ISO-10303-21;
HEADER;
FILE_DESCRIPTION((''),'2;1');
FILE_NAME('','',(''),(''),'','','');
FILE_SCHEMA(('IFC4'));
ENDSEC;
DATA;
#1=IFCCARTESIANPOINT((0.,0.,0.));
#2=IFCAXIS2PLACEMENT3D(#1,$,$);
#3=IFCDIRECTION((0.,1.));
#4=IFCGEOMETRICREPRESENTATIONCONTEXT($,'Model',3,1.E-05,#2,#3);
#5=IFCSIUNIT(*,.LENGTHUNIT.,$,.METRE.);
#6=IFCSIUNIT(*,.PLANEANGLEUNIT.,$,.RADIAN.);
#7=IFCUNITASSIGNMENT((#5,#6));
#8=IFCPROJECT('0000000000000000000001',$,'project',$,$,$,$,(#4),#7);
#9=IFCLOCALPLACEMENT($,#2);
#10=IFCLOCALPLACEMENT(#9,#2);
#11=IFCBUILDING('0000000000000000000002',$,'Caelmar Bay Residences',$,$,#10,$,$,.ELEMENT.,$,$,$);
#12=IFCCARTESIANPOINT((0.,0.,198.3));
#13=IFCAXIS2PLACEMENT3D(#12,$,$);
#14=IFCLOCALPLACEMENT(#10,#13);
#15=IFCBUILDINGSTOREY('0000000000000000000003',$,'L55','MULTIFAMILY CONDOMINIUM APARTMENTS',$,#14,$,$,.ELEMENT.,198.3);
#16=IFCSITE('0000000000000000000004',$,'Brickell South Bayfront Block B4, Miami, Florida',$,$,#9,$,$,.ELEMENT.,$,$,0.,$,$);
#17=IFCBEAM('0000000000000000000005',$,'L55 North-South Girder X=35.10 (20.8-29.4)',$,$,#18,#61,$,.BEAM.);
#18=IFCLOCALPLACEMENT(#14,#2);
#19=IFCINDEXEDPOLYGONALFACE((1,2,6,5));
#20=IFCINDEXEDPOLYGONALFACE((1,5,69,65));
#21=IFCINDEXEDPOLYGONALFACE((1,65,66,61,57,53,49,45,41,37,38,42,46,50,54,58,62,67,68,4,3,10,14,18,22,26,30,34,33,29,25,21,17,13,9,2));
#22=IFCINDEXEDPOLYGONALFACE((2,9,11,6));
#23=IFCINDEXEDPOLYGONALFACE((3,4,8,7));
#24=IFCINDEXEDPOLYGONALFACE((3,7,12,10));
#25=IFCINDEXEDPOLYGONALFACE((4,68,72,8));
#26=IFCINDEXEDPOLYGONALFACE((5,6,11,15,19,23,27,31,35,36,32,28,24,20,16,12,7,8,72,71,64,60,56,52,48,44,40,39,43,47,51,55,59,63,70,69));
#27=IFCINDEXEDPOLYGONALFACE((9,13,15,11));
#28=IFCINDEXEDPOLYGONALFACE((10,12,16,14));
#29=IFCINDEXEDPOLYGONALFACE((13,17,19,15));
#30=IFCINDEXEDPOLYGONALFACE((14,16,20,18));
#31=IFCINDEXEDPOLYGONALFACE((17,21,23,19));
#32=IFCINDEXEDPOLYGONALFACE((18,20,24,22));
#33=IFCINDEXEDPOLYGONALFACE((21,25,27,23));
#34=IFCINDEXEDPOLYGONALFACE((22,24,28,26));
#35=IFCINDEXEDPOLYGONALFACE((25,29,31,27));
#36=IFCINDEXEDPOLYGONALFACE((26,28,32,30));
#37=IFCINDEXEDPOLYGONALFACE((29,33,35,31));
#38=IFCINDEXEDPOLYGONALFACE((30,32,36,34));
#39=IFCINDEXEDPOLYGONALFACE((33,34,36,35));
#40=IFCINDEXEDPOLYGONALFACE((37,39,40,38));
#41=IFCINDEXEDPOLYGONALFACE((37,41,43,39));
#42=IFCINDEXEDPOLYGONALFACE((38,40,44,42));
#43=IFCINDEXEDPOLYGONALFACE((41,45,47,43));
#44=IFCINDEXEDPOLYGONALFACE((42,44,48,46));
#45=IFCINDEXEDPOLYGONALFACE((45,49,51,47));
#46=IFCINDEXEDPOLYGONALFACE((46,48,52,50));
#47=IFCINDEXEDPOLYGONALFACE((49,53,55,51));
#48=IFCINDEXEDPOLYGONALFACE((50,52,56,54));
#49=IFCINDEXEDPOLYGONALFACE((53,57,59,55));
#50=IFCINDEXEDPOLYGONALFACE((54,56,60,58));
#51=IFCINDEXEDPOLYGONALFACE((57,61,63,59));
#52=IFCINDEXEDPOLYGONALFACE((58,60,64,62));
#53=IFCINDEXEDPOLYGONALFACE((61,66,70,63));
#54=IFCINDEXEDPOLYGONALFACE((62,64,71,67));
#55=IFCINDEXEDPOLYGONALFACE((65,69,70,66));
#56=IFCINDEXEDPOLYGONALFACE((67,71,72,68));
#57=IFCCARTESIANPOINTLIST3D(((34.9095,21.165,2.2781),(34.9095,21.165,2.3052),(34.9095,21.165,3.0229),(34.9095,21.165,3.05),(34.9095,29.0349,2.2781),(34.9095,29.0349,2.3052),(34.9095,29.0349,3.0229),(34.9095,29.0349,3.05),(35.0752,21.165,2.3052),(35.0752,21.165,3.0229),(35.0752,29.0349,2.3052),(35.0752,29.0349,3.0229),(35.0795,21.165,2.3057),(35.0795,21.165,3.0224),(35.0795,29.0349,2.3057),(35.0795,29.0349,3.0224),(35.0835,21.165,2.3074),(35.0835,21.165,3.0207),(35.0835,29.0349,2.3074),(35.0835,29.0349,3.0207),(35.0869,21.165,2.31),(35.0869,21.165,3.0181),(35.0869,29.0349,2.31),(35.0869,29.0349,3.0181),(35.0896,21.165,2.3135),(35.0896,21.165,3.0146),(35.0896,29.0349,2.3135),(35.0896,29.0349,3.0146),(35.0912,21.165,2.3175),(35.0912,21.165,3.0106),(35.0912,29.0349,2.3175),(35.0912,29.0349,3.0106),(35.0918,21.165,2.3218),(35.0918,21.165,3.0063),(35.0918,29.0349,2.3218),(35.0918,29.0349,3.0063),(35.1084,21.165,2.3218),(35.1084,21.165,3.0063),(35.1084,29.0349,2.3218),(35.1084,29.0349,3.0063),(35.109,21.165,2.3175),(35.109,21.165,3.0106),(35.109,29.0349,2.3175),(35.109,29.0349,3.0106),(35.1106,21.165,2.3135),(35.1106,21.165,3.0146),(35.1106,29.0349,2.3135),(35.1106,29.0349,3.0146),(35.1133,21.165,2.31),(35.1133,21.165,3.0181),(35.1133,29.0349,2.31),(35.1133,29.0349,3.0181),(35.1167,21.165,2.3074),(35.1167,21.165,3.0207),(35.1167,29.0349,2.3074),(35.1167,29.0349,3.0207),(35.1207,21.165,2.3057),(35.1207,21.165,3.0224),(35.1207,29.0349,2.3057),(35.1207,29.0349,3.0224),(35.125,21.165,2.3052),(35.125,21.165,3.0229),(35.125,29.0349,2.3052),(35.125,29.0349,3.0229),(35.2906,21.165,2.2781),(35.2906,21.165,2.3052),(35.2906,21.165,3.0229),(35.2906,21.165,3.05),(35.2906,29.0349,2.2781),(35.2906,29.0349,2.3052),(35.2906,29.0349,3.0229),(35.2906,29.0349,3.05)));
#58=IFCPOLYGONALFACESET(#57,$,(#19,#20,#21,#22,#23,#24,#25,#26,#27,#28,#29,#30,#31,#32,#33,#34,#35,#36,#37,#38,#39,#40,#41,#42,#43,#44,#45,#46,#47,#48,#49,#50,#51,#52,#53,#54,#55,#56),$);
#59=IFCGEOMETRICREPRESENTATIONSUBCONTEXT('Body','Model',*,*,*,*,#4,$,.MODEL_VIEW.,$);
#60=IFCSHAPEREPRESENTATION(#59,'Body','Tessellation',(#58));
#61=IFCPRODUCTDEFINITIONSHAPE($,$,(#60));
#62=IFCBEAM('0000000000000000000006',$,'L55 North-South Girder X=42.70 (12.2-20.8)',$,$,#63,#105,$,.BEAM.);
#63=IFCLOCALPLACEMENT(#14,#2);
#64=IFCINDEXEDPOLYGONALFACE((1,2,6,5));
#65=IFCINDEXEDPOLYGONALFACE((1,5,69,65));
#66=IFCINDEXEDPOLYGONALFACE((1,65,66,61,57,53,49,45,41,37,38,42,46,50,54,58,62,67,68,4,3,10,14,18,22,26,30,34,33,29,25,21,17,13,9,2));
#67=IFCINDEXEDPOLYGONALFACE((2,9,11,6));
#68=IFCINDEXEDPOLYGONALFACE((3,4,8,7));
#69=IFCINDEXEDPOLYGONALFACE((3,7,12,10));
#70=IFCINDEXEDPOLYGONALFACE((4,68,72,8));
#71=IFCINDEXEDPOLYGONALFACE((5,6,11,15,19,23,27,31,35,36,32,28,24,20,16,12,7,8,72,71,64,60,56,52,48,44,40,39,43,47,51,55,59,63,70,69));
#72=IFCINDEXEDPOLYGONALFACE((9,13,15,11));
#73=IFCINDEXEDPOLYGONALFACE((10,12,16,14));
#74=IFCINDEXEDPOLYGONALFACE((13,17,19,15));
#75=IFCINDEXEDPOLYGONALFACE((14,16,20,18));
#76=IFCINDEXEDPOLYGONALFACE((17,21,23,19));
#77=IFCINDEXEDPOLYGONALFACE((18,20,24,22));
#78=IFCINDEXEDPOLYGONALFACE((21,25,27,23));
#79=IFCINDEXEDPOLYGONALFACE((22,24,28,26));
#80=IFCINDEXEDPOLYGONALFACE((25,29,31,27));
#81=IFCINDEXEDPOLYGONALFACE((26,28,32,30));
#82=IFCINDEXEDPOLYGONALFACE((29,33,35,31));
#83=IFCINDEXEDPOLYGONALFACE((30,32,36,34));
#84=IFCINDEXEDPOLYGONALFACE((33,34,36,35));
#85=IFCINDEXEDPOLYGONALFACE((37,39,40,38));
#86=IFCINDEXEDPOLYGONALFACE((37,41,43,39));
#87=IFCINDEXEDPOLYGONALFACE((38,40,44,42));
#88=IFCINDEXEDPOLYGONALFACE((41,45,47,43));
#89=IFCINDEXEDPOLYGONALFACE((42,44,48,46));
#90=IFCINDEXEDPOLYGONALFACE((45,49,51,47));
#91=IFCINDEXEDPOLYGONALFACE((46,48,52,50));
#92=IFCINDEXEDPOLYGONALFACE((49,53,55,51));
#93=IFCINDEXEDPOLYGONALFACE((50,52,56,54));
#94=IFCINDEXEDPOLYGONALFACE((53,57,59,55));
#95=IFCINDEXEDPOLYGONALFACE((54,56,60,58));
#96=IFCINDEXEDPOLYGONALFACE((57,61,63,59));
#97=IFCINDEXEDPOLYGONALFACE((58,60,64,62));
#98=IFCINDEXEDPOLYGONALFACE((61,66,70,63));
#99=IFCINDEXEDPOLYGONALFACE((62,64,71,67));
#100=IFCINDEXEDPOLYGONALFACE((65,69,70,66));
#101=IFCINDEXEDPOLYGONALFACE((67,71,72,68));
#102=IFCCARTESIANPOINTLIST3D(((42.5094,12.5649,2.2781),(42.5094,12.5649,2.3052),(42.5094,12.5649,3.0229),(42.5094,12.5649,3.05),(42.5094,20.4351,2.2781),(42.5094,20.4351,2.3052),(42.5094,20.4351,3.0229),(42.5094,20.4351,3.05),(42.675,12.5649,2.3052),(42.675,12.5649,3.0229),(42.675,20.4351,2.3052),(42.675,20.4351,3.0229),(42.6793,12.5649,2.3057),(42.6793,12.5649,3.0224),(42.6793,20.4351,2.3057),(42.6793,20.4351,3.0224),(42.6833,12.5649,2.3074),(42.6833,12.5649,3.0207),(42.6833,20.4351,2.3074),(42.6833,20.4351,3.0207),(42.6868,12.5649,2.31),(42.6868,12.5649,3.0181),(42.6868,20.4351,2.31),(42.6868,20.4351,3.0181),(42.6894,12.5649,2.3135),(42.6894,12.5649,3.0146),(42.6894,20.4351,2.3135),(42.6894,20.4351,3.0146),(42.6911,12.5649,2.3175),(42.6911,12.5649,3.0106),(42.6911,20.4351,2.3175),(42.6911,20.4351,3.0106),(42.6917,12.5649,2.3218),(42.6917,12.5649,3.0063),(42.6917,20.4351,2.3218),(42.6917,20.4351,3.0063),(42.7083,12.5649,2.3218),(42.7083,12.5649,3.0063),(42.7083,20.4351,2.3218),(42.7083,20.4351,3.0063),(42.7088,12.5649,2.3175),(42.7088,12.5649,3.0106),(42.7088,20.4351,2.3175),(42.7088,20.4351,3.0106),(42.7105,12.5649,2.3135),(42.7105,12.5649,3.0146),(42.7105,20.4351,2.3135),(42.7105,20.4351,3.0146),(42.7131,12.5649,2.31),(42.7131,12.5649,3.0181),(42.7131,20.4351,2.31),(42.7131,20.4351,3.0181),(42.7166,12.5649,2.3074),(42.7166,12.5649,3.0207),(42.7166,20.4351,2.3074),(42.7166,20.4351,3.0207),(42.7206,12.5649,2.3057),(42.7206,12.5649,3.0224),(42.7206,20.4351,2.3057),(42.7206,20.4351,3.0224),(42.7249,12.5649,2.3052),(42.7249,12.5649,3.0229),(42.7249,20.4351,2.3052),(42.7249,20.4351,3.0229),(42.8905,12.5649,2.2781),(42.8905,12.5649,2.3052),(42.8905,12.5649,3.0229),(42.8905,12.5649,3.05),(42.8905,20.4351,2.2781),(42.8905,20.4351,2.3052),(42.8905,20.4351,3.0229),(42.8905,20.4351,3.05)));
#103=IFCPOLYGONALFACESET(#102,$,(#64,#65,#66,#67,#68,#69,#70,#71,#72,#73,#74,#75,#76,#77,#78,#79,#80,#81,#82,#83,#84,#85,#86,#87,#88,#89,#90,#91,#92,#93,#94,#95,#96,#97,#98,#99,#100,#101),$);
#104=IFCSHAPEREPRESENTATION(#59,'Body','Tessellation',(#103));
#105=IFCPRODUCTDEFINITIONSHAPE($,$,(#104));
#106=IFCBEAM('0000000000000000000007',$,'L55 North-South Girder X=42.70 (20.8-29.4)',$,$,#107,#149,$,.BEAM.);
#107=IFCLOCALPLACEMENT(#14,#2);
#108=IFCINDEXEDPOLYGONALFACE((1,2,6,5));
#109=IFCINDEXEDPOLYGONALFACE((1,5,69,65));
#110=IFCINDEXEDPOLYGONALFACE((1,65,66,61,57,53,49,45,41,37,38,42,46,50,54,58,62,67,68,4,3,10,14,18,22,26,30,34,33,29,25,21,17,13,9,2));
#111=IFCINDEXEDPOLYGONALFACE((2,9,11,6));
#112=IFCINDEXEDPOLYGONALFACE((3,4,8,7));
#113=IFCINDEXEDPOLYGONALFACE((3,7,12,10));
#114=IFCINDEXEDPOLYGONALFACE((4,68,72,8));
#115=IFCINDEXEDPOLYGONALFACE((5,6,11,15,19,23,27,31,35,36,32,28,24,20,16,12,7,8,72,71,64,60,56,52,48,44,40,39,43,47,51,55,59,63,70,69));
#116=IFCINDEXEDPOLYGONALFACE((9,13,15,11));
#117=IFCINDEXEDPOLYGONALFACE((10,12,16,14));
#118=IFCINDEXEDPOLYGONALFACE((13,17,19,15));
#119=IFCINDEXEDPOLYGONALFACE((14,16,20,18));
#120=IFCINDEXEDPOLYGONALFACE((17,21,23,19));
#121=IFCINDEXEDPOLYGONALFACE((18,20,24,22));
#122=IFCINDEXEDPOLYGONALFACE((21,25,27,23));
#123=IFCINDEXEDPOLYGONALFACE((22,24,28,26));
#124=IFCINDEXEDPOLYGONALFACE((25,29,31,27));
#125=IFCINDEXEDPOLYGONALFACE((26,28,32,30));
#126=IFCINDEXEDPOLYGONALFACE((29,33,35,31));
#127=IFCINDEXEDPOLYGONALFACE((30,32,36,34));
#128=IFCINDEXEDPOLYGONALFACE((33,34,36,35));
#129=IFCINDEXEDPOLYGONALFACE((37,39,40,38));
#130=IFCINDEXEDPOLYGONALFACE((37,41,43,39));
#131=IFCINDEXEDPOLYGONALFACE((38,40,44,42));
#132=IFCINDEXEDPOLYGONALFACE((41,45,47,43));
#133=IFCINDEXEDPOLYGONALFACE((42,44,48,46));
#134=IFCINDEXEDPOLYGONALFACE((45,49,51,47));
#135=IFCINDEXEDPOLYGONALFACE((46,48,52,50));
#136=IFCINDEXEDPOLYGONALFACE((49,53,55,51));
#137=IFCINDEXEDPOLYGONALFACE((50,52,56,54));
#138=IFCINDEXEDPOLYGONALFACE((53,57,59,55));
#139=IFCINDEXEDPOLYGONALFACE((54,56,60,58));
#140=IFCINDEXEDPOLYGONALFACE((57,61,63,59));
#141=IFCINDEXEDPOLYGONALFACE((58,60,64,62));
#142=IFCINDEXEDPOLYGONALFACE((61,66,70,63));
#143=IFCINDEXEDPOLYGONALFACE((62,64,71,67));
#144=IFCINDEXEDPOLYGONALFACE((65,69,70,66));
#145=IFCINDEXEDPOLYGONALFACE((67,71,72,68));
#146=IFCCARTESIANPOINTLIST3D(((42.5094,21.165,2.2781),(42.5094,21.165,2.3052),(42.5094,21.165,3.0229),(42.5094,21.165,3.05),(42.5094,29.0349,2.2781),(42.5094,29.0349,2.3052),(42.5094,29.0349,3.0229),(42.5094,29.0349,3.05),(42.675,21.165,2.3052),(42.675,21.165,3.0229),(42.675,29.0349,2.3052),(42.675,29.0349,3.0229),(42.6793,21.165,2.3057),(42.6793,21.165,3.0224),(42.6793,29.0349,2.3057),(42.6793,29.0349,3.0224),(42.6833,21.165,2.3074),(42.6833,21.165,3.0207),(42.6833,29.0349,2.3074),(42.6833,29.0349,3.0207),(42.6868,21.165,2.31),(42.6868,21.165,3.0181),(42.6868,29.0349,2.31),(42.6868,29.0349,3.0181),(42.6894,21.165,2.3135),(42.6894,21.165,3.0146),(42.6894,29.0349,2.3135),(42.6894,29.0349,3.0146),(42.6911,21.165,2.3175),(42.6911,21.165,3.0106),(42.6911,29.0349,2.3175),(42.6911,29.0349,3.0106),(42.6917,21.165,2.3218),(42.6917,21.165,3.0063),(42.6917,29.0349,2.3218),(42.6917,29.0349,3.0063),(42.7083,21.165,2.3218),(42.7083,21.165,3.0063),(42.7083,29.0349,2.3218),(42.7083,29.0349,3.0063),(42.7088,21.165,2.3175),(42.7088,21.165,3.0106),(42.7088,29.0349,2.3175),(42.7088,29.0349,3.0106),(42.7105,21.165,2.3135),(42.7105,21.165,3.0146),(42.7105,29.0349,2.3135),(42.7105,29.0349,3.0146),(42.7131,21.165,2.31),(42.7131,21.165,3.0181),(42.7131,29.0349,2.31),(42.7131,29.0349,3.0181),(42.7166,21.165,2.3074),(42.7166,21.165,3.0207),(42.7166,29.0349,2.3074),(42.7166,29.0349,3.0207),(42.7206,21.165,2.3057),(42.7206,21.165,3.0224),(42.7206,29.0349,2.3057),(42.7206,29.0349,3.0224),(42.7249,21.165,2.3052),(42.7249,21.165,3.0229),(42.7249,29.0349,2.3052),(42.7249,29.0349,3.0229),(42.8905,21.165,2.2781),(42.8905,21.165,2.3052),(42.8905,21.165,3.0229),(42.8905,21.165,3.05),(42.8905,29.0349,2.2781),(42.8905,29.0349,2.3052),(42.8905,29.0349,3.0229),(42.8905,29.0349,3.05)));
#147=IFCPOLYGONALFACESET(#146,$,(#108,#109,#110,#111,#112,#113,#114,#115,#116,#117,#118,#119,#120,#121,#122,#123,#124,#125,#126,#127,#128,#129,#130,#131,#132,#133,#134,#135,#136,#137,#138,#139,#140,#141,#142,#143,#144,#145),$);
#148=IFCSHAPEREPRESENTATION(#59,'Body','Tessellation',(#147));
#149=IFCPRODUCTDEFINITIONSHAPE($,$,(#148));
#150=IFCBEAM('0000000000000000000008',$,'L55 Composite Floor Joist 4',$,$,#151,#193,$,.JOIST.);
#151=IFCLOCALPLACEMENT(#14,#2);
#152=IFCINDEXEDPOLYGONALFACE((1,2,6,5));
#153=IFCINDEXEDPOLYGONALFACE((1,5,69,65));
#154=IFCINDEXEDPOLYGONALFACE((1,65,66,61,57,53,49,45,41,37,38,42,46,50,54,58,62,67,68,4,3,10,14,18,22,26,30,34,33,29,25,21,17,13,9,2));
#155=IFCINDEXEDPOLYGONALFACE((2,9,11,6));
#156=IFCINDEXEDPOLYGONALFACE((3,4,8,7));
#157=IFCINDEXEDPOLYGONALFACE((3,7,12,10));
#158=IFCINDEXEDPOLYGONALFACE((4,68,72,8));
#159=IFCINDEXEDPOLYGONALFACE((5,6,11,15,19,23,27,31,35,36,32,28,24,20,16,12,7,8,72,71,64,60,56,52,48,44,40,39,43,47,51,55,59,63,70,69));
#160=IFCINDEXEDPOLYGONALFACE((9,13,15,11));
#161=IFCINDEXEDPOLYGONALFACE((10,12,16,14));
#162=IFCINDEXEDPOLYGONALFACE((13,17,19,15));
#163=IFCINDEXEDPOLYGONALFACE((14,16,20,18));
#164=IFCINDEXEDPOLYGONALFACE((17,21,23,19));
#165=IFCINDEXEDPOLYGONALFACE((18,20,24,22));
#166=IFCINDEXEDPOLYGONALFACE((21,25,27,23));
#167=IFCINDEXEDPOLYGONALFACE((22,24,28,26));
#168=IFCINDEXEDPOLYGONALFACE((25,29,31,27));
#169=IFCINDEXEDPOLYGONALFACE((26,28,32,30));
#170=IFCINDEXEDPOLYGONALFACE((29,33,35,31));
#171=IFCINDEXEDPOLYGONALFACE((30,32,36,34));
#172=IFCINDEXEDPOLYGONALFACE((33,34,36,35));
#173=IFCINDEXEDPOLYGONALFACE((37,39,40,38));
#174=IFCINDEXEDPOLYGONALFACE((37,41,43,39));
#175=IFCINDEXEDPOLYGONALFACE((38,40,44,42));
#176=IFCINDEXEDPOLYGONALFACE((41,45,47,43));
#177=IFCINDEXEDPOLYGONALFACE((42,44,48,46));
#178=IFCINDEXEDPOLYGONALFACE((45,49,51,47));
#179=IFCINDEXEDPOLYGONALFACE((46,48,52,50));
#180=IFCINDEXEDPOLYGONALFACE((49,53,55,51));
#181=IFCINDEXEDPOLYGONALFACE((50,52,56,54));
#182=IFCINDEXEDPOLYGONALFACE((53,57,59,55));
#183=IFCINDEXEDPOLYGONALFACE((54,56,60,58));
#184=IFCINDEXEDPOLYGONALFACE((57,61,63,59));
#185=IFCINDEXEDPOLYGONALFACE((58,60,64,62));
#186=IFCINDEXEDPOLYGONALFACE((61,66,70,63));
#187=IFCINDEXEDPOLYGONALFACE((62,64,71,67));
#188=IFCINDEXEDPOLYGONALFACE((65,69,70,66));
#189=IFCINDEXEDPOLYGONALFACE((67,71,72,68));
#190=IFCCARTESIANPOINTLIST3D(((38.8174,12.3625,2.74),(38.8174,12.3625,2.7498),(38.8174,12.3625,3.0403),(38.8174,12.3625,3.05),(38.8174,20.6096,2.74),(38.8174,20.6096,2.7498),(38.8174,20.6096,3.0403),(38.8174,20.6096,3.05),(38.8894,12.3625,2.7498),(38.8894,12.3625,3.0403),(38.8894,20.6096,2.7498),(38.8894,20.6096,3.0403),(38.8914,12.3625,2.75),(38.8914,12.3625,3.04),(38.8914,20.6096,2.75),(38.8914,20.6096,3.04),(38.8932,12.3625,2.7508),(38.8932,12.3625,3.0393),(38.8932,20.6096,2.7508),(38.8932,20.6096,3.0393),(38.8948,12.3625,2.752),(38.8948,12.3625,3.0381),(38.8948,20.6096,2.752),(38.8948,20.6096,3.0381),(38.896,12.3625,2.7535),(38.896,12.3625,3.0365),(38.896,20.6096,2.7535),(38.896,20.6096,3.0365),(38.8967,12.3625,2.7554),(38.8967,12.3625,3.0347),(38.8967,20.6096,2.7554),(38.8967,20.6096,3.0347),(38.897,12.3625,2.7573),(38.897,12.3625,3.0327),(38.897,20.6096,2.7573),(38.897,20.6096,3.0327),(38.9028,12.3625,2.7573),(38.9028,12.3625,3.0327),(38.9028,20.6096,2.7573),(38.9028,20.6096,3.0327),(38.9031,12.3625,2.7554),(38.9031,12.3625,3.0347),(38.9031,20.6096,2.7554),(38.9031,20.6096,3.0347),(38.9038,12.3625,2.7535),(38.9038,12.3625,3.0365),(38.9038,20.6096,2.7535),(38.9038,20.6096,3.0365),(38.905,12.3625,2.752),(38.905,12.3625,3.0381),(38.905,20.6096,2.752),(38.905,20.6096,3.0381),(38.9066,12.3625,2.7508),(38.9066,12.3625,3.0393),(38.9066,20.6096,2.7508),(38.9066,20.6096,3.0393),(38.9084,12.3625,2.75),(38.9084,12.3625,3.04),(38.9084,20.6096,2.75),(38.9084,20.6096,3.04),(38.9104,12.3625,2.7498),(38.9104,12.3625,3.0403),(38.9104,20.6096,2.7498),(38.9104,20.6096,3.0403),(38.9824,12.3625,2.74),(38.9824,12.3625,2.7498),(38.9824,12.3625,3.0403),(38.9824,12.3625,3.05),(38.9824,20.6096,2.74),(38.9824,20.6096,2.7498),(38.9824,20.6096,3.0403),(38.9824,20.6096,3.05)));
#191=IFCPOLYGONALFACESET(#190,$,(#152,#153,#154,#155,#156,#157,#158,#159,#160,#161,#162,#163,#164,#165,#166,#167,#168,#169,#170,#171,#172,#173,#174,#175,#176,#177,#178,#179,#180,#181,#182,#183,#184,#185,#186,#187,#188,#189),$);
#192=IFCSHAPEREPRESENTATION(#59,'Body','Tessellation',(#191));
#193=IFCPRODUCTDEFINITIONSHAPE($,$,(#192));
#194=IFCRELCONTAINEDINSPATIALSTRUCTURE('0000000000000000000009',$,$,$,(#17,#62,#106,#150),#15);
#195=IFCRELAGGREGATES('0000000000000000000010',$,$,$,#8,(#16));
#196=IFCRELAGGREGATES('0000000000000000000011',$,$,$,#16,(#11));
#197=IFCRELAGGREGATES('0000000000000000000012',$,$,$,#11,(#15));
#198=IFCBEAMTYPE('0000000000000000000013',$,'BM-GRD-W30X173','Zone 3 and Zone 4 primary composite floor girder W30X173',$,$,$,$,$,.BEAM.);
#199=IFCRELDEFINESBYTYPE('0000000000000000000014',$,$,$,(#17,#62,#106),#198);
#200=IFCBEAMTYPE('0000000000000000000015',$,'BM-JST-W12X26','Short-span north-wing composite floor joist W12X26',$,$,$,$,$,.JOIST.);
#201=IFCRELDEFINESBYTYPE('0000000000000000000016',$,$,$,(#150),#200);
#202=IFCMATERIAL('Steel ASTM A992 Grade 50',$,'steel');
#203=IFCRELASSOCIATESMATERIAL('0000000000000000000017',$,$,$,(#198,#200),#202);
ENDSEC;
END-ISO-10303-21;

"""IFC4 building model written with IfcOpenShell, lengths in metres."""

from ifc_helpers import new_model, si_unit, direction, frame, origin, origin_2d, place, context, subcontext, project, spatial, i_section, extrude, material, material_profile, profile_set, type_object, element, save


model = new_model("IFC4")

# Units and contexts
model_context = context("Model", 3, precision=1e-05, world=origin(), true_north=direction((0.0, 1.0)))
body_context = subcontext(model_context, "Body", "Model", "MODEL_VIEW")
ifc_project = project(units=[si_unit("LENGTHUNIT", "METRE"), si_unit("PLANEANGLEUNIT", "RADIAN")], contexts=[model_context])

# Site, building, storey
site_placement = place(None, origin())
site = spatial("IfcSite", under=ifc_project, at=site_placement, Name="Brickell South Bayfront Block B4, Miami, Florida", CompositionType="ELEMENT", RefElevation=0.0)
building_placement = place(site_placement, origin())
building = spatial("IfcBuilding", under=site, at=building_placement, Name="Caelmar Bay Residences", CompositionType="ELEMENT")
storey_placement = place(building_placement, frame((0.0, 0.0, 198.3)))
storey = spatial("IfcBuildingStorey", under=building, at=storey_placement, Name="L55", Description="MULTIFAMILY CONDOMINIUM APARTMENTS", CompositionType="ELEMENT", Elevation=198.3)

# Beams
ifc_material_1 = material(Name="Steel ASTM A992 Grade 50", Category="steel")
ifc_material_profile_1 = material_profile(ifc_material_1, i_section(OverallWidth=0.3811, OverallDepth=0.772, WebThickness=0.0166, FlangeThickness=0.0271, FilletRadius=0.0166, at=origin_2d()), Name="W30X173")
ifc_profile_set_1 = profile_set([ifc_material_profile_1], Name="Steel ASTM A992 Grade 50")
beam_type_1 = type_object("IfcBeamType", Name="BM-GRD-W30X173", Description="Zone 3 and Zone 4 primary composite floor girder W30X173", PredefinedType="BEAM", material=ifc_profile_set_1)
beam_1_placement = place(storey_placement, frame((35.1001, 21.165, 2.6641), z_axis=(0.0, 1.0, 0.0), x_axis=(-1.0, 0.0, 0.0)))
element("IfcBeam", 1, at=beam_1_placement, inside=storey, type_object=beam_type_1, Name="L55 North-South Girder X=35.10 (20.8-29.4)", PredefinedType="BEAM", context=body_context, shape_type="SweptSolid", body=[
    extrude(i_section(OverallWidth=0.3811, OverallDepth=0.772, WebThickness=0.0166, FlangeThickness=0.0271, FilletRadius=0.0166, at=origin_2d()), origin(), (0.0, 0.0, 1.0), 7.8699),
])
beam_2_placement = place(storey_placement, frame((42.7, 12.5649, 2.6641), z_axis=(0.0, 1.0, 0.0), x_axis=(-1.0, 0.0, 0.0)))
element("IfcBeam", 2, at=beam_2_placement, inside=storey, type_object=beam_type_1, Name="L55 North-South Girder X=42.70 (12.2-20.8)", PredefinedType="BEAM", context=body_context, shape_type="SweptSolid", body=[
    extrude(i_section(OverallWidth=0.3811, OverallDepth=0.772, WebThickness=0.0166, FlangeThickness=0.0271, FilletRadius=0.0166, at=origin_2d()), origin(), (0.0, 0.0, 1.0), 7.8701),
])
beam_3_placement = place(storey_placement, frame((42.7, 21.165, 2.6641), z_axis=(0.0, 1.0, 0.0), x_axis=(-1.0, 0.0, 0.0)))
element("IfcBeam", 3, at=beam_3_placement, inside=storey, type_object=beam_type_1, Name="L55 North-South Girder X=42.70 (20.8-29.4)", PredefinedType="BEAM", context=body_context, shape_type="SweptSolid", body=[
    extrude(i_section(OverallWidth=0.3811, OverallDepth=0.772, WebThickness=0.0166, FlangeThickness=0.0271, FilletRadius=0.0166, at=origin_2d()), origin(), (0.0, 0.0, 1.0), 7.8699),
])
ifc_material_profile_2 = material_profile(ifc_material_1, i_section(OverallWidth=0.165, OverallDepth=0.3101, WebThickness=0.0059, FlangeThickness=0.0098, FilletRadius=0.0076, at=origin_2d()), Name="W12X26")
ifc_profile_set_2 = profile_set([ifc_material_profile_2], Name="Steel ASTM A992 Grade 50")
beam_type_2 = type_object("IfcBeamType", Name="BM-JST-W12X26", Description="Short-span north-wing composite floor joist W12X26", PredefinedType="JOIST", material=ifc_profile_set_2)
for number, where, z_axis, x_axis, name in (
    (4, (38.8999, 12.3625, 2.895), (0.0, 1.0, 0.0), (-1.0, 0.0, 0.0), "L55 Composite Floor Joist 4"),
):
    element("IfcBeam", number, at=place(storey_placement, frame(where, z_axis=z_axis, x_axis=x_axis)), inside=storey, type_object=beam_type_2, Name=name, PredefinedType="JOIST", context=body_context, shape_type="SweptSolid", body=[
        extrude(i_section(OverallWidth=0.165, OverallDepth=0.3101, WebThickness=0.0059, FlangeThickness=0.0098, FilletRadius=0.0076, at=origin_2d()), origin(), (0.0, 0.0, 1.0), 8.2471),
    ])

save(model, "model.ifc")
